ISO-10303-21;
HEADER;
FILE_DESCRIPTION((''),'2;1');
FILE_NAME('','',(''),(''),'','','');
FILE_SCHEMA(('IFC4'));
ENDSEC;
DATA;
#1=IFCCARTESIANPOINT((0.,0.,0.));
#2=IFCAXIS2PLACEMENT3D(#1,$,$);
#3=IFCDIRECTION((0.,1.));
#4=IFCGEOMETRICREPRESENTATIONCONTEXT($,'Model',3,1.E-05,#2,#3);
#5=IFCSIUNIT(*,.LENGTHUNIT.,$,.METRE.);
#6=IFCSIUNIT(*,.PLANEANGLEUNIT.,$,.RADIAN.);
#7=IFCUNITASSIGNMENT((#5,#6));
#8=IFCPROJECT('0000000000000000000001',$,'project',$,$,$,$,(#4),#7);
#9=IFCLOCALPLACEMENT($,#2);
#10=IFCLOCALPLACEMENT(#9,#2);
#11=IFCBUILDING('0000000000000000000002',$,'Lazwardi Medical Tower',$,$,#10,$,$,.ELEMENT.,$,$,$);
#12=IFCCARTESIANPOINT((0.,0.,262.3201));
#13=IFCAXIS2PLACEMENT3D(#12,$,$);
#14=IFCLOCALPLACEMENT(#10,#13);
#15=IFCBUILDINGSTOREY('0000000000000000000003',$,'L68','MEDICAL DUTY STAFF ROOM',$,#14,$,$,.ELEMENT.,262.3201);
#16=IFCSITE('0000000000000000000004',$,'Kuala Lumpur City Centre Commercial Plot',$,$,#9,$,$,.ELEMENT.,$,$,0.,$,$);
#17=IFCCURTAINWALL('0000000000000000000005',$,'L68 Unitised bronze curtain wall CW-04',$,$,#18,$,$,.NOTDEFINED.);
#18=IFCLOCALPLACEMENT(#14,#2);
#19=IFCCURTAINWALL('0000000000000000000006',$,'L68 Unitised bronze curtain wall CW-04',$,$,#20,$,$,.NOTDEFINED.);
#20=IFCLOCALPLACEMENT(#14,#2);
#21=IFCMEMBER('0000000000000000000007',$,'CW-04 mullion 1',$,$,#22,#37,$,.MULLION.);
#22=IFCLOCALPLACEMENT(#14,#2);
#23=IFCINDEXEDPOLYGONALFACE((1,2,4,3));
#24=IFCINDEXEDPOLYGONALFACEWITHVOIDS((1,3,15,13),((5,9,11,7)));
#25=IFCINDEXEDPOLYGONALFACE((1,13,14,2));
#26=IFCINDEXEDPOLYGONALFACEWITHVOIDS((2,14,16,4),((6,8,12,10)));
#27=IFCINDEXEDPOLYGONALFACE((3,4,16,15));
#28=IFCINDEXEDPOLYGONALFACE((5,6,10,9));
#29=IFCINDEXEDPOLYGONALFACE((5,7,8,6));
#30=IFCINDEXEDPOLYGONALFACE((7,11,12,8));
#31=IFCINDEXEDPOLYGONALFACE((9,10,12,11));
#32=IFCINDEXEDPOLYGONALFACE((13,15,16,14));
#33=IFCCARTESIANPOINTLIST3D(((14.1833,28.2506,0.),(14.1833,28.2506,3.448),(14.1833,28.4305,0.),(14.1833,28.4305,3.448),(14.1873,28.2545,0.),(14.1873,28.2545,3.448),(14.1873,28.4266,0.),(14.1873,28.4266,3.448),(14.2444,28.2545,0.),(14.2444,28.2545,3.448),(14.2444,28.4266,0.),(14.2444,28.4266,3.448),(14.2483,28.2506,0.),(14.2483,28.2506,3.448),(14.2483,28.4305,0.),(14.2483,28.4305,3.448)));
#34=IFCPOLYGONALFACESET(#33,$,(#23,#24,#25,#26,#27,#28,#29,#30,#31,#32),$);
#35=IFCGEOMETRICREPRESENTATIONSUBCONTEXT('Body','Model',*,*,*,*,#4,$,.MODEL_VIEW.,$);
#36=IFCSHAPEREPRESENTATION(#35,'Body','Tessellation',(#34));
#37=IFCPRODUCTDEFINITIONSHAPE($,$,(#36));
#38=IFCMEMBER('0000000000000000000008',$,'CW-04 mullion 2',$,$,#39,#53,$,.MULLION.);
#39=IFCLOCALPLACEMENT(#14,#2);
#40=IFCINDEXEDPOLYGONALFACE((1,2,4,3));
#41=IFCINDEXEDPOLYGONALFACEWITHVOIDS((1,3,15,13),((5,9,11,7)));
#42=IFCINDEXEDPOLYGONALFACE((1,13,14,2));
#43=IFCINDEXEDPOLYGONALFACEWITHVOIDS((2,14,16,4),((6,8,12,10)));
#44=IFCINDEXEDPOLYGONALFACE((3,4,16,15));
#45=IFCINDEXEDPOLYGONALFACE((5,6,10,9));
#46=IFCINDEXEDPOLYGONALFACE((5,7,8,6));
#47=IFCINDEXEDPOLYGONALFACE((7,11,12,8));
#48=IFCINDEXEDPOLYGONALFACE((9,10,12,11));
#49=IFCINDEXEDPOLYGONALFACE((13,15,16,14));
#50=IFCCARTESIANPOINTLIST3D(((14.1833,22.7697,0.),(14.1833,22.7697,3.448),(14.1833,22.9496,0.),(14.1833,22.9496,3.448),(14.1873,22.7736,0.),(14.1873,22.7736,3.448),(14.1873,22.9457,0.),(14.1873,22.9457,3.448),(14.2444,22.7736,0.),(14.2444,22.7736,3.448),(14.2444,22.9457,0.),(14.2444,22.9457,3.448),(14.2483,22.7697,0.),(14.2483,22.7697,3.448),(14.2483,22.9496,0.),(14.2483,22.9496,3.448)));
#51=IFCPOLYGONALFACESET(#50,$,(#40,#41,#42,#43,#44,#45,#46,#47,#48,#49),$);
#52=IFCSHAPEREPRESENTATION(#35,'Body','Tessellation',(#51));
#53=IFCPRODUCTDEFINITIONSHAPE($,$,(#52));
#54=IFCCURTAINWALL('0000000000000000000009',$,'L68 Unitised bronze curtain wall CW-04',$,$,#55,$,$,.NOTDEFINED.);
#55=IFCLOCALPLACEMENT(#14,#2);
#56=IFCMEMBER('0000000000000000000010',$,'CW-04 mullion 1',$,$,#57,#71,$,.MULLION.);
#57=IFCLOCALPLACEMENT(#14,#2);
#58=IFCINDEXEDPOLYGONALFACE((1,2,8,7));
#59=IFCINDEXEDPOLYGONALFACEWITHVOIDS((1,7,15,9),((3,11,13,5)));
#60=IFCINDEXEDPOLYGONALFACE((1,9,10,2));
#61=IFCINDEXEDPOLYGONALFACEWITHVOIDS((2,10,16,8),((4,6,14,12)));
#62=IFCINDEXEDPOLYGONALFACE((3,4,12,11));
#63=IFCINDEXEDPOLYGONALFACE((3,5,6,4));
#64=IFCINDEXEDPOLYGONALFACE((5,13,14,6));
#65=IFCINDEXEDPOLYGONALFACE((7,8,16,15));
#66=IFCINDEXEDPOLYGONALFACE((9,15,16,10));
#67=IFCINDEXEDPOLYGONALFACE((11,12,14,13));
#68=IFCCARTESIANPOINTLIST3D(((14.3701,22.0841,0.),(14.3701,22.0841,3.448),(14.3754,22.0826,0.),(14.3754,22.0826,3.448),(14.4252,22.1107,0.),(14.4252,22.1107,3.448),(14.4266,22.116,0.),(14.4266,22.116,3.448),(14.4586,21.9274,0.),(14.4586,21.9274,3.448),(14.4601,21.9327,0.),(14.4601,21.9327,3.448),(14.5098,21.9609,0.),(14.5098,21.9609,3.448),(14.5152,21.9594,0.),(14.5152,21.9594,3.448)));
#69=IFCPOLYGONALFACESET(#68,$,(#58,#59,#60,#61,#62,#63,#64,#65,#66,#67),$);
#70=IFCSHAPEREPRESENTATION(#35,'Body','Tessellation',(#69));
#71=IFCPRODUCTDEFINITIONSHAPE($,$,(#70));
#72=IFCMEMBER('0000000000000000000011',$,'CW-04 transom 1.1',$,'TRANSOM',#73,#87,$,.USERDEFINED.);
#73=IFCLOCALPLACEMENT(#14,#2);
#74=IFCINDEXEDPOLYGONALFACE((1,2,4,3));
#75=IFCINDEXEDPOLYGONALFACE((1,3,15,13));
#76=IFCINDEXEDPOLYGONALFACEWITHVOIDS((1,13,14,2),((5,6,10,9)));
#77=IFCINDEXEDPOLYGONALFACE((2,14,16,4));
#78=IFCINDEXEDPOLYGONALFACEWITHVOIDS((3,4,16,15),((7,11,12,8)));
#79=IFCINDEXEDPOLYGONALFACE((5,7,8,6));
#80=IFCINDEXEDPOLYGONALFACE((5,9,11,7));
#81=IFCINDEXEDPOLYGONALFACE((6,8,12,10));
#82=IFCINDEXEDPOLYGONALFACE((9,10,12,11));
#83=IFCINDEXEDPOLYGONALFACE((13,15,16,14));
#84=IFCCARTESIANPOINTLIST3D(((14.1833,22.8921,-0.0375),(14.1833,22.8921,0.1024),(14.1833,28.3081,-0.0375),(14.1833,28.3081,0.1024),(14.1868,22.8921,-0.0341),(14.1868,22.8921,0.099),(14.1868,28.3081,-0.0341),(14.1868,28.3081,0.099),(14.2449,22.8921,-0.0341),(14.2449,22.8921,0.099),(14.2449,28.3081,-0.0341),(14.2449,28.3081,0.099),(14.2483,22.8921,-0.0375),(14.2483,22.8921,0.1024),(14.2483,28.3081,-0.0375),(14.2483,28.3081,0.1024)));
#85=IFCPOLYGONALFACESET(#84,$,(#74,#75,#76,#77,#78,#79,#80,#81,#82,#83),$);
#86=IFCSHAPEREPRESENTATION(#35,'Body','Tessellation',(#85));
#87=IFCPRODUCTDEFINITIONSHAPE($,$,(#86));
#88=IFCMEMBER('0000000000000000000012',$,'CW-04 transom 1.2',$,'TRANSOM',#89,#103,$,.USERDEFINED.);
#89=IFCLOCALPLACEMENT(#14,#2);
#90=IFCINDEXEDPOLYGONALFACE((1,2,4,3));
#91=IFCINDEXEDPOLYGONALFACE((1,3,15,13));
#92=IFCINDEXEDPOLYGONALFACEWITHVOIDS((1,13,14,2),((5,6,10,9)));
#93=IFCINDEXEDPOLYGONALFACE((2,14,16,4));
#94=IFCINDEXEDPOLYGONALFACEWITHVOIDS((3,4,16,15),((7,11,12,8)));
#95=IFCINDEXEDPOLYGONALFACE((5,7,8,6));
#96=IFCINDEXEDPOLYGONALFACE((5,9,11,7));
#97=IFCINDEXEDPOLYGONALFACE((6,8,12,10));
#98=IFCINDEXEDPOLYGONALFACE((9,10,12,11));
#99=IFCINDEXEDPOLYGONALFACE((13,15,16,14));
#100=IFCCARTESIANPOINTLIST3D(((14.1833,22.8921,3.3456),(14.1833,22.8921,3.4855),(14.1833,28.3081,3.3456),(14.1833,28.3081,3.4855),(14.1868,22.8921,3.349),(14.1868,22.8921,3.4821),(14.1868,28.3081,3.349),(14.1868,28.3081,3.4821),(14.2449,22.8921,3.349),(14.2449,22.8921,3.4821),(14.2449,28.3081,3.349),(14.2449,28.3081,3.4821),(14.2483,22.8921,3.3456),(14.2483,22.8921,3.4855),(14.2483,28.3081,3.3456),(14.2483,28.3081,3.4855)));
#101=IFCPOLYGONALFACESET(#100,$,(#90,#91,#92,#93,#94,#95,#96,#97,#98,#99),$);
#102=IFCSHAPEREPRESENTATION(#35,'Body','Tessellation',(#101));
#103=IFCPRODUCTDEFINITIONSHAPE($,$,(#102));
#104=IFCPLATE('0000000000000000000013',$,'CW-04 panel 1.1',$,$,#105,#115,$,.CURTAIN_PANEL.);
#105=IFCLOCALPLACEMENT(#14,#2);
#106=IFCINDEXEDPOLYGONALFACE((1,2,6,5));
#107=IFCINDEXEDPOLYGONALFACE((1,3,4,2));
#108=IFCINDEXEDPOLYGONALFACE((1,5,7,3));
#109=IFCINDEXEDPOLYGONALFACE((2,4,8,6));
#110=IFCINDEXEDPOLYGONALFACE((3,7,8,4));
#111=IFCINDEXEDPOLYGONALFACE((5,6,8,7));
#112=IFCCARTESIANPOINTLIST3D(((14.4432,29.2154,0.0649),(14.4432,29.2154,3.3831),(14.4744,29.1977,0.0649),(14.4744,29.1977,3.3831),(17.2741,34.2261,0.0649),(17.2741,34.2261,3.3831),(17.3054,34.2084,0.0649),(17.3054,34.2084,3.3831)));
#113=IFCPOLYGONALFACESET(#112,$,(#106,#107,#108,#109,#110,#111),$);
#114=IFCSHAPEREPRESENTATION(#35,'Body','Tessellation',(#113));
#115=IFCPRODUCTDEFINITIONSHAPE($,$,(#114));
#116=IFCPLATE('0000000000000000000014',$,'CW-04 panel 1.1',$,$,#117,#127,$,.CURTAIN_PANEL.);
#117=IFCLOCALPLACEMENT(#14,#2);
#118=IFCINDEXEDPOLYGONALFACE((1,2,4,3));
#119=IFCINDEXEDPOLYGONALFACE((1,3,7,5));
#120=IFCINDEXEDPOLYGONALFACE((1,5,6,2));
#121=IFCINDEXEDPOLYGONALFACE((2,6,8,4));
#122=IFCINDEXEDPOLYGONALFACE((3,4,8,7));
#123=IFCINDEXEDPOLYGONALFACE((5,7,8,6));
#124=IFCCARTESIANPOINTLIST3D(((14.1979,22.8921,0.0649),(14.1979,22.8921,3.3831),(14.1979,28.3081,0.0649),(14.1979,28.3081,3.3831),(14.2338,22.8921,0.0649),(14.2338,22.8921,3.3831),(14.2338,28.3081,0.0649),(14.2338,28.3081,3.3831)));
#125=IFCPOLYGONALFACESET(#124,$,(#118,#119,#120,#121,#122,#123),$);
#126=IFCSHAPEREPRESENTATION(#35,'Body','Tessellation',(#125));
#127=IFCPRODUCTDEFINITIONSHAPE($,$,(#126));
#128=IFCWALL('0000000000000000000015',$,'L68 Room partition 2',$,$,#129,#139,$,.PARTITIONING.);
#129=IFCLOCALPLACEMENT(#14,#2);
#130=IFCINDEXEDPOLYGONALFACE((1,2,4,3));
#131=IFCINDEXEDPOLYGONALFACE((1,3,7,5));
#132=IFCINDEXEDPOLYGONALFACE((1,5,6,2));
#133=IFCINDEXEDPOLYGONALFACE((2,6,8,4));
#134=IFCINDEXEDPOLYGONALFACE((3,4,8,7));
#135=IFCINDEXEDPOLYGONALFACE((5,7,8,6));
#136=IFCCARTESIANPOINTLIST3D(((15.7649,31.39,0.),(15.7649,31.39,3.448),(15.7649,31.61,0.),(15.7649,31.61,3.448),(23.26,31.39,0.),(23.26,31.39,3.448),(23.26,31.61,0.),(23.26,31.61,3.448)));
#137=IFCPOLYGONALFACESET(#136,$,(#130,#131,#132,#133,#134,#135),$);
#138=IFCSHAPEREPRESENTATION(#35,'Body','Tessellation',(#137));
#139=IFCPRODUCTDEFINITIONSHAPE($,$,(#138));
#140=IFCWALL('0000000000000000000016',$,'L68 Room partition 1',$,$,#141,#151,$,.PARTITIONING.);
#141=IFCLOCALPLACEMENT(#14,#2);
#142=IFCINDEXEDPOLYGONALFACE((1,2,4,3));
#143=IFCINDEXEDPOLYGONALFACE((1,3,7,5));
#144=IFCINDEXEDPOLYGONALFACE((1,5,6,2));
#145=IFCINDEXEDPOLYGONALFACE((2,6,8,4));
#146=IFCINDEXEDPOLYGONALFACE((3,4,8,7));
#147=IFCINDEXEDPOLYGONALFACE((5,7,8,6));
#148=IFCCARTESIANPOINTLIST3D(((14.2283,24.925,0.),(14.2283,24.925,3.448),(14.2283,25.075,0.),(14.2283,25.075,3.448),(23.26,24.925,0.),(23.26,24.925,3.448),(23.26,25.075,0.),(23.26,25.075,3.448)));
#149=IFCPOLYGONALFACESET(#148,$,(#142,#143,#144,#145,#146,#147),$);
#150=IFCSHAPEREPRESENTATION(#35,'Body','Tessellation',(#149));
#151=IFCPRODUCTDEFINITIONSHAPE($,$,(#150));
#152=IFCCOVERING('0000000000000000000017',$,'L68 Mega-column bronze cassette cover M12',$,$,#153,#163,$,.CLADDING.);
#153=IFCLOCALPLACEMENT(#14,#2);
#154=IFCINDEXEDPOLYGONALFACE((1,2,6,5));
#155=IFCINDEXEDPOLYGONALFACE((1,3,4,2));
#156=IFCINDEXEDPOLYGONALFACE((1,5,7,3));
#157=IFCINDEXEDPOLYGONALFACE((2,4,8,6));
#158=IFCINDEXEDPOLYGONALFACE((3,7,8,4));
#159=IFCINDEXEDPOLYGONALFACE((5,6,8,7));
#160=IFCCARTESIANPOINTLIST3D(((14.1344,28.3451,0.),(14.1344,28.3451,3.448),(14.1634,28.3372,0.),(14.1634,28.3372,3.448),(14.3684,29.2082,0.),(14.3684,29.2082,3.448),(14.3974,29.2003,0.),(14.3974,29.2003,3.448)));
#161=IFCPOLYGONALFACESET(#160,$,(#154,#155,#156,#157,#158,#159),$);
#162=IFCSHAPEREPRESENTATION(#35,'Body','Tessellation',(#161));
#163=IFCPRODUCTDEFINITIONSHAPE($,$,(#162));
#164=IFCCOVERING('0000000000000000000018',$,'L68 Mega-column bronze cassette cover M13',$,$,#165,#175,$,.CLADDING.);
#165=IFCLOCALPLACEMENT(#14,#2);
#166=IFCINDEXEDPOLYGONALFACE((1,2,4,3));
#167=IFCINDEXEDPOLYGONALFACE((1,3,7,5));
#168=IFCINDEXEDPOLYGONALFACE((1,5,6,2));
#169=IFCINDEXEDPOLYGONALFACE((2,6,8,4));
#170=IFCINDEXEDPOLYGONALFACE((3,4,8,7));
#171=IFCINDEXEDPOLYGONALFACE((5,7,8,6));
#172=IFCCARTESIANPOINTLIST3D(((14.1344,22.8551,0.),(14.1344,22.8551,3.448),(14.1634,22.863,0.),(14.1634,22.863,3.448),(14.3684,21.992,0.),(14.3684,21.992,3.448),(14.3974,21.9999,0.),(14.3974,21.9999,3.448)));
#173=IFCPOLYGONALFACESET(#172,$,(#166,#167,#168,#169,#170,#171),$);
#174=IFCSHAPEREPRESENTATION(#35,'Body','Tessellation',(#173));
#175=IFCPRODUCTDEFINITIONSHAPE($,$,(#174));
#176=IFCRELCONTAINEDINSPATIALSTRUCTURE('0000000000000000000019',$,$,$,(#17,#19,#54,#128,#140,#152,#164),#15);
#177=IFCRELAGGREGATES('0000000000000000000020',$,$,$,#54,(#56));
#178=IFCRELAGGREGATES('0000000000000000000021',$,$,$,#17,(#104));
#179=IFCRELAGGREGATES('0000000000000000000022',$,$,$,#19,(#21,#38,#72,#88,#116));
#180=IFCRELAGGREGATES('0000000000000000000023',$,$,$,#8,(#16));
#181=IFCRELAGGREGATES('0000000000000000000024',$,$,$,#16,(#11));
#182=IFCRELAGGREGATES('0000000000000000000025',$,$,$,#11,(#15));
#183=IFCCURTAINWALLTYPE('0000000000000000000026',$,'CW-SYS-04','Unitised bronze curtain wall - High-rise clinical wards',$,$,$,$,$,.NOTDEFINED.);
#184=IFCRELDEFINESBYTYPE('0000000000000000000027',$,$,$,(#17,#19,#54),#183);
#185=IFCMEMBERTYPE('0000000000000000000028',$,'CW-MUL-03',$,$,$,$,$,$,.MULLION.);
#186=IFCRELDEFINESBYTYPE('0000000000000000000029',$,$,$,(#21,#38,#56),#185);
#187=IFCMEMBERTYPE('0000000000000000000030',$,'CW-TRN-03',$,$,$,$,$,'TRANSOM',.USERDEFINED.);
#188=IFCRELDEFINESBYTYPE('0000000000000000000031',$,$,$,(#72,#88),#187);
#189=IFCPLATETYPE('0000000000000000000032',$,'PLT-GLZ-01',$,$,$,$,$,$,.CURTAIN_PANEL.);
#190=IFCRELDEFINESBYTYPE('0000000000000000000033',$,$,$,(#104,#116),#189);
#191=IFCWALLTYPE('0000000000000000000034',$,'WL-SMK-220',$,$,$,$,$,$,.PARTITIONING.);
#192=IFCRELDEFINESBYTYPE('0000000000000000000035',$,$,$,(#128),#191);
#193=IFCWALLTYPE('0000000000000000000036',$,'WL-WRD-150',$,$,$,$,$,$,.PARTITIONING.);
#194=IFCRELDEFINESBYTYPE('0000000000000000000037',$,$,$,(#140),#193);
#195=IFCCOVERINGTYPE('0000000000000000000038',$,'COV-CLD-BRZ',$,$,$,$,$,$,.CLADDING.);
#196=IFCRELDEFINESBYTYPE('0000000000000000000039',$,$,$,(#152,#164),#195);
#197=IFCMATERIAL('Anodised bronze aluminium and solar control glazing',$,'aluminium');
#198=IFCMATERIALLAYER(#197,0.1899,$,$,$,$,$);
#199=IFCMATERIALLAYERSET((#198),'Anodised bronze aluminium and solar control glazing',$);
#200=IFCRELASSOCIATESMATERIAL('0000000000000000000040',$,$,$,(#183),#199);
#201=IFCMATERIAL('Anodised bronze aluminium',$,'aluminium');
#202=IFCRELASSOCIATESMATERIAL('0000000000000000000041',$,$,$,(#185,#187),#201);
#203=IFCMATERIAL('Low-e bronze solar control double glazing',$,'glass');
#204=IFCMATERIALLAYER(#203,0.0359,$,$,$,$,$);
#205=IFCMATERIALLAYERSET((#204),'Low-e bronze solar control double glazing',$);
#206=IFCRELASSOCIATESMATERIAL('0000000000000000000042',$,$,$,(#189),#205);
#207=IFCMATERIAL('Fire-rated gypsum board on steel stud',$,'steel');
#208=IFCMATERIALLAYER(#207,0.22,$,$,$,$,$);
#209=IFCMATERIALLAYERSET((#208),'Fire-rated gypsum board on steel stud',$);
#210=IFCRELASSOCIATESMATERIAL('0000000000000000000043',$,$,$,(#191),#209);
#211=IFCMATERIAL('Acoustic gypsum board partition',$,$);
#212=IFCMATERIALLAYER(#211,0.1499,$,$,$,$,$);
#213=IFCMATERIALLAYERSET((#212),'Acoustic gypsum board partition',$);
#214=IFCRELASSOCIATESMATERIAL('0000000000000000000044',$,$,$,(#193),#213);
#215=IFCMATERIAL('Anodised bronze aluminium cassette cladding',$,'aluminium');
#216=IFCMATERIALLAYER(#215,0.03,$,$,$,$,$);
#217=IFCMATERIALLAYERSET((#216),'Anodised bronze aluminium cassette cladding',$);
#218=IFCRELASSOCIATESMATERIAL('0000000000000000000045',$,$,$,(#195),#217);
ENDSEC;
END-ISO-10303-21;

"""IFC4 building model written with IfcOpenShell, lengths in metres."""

from ifc_helpers import new_model, si_unit, direction, frame, frame_2d, origin, origin_2d, place, context, subcontext, project, spatial, rectangle, hollow_rectangle, extrude, material, layer, layer_set, material_profile, profile_set, type_object, element, aggregate, save


model = new_model("IFC4")

# Units and contexts
model_context = context("Model", 3, precision=1e-05, world=origin(), true_north=direction((0.0, 1.0)))
body_context = subcontext(model_context, "Body", "Model", "MODEL_VIEW")
ifc_project = project(units=[si_unit("LENGTHUNIT", "METRE"), si_unit("PLANEANGLEUNIT", "RADIAN")], contexts=[model_context])

# Site, building, storey
site_placement = place(None, origin())
site = spatial("IfcSite", under=ifc_project, at=site_placement, Name="Kuala Lumpur City Centre Commercial Plot", CompositionType="ELEMENT", RefElevation=0.0)
building_placement = place(site_placement, origin())
building = spatial("IfcBuilding", under=site, at=building_placement, Name="Lazwardi Medical Tower", CompositionType="ELEMENT")
storey_placement = place(building_placement, frame((0.0, 0.0, 262.3201)))
storey = spatial("IfcBuildingStorey", under=building, at=storey_placement, Name="L68", Description="MEDICAL DUTY STAFF ROOM", CompositionType="ELEMENT", Elevation=262.3201)

# Curtain wall
ifc_material_1 = material(Name="Anodised bronze aluminium and solar control glazing", Category="aluminium")
ifc_layer_1 = layer(ifc_material_1, 0.1899)
ifc_layer_set_1 = layer_set([ifc_layer_1], Name="Anodised bronze aluminium and solar control glazing")
curtain_wall_type = type_object("IfcCurtainWallType", Name="CW-SYS-04", Description="Unitised bronze curtain wall - High-rise clinical wards", PredefinedType="NOTDEFINED", material=ifc_layer_set_1)
curtain_wall_1_placement = place(storey_placement, origin())
curtain_wall_1 = element("IfcCurtainWall", 1, at=curtain_wall_1_placement, inside=storey, type_object=curtain_wall_type, Name="L68 Unitised bronze curtain wall CW-04", PredefinedType="NOTDEFINED")
ifc_material_2 = material(Name="Anodised bronze aluminium", Category="aluminium")
ifc_material_profile_1 = material_profile(ifc_material_2, hollow_rectangle(XDim=0.0649, YDim=0.1799, WallThickness=0.0039, at=origin_2d()), Name="ALU-MULLION 180x65x4")
ifc_profile_set_1 = profile_set([ifc_material_profile_1], Name="Anodised bronze aluminium")
member_type_1 = type_object("IfcMemberType", Name="CW-MUL-03", PredefinedType="MULLION", material=ifc_profile_set_1)

# Curtain wall, members
curtain_wall_2_placement = place(storey_placement, origin())
curtain_wall_2 = element("IfcCurtainWall", 2, at=curtain_wall_2_placement, inside=storey, type_object=curtain_wall_type, Name="L68 Unitised bronze curtain wall CW-04", PredefinedType="NOTDEFINED")
member_1_placement = place(storey_placement, frame((14.2158, 28.3406, 0.0), z_axis=(0.0, 0.0, 1.0), x_axis=(1.0, 0.0, 0.0)))
member_1 = element("IfcMember", 3, at=member_1_placement, type_object=member_type_1, Name="CW-04 mullion 1", PredefinedType="MULLION", context=body_context, shape_type="SweptSolid", body=[
    extrude(hollow_rectangle(XDim=0.0649, YDim=0.1799, WallThickness=0.0039, at=origin_2d()), origin(), (0.0, 0.0, 1.0), 3.448),
])
member_2_placement = place(storey_placement, frame((14.2158, 22.8596, 0.0), z_axis=(0.0, 0.0, 1.0), x_axis=(1.0, 0.0, 0.0)))
member_2 = element("IfcMember", 4, at=member_2_placement, type_object=member_type_1, Name="CW-04 mullion 2", PredefinedType="MULLION", context=body_context, shape_type="SweptSolid", body=[
    extrude(hollow_rectangle(XDim=0.0649, YDim=0.1799, WallThickness=0.0039, at=origin_2d()), origin(), (0.0, 0.0, 1.0), 3.448),
])

# Curtain wall, member
curtain_wall_3_placement = place(storey_placement, origin())
curtain_wall_3 = element("IfcCurtainWall", 5, at=curtain_wall_3_placement, inside=storey, type_object=curtain_wall_type, Name="L68 Unitised bronze curtain wall CW-04", PredefinedType="NOTDEFINED")
member_3_placement = place(storey_placement, frame((14.4426, 22.0217, 0.0), z_axis=(0.0, 0.0, 1.0), x_axis=(0.870651, 0.4919, 0.0)))
member_3 = element("IfcMember", 6, at=member_3_placement, type_object=member_type_1, Name="CW-04 mullion 1", PredefinedType="MULLION", context=body_context, shape_type="SweptSolid", body=[
    extrude(hollow_rectangle(XDim=0.0649, YDim=0.1799, WallThickness=0.0039, at=origin_2d()), origin(), (0.0, 0.0, 1.0), 3.448),
])
aggregate(curtain_wall_3, [member_3])

# Members
ifc_material_profile_2 = material_profile(ifc_material_2, hollow_rectangle(XDim=0.0649, YDim=0.1399, WallThickness=0.0034, at=origin_2d()), Name="ALU-TRANSOM 140x65x3.5")
ifc_profile_set_2 = profile_set([ifc_material_profile_2], Name="Anodised bronze aluminium")
member_type_2 = type_object("IfcMemberType", Name="CW-TRN-03", ElementType="TRANSOM", PredefinedType="USERDEFINED", material=ifc_profile_set_2)
member_4_placement = place(storey_placement, frame((14.2158, 28.3081, 0.0325), z_axis=(0.0, -1.0, 0.0), x_axis=(1.0, 0.0, 0.0)))
member_4 = element("IfcMember", 7, at=member_4_placement, type_object=member_type_2, Name="CW-04 transom 1.1", ObjectType="TRANSOM", PredefinedType="USERDEFINED", context=body_context, shape_type="SweptSolid", body=[
    extrude(hollow_rectangle(XDim=0.0649, YDim=0.1399, WallThickness=0.0034, at=origin_2d()), origin(), (0.0, 0.0, 1.0), 5.416),
])
member_5_placement = place(storey_placement, frame((14.2158, 28.3081, 3.4155), z_axis=(0.0, -1.0, 0.0), x_axis=(1.0, 0.0, 0.0)))
member_5 = element("IfcMember", 8, at=member_5_placement, type_object=member_type_2, Name="CW-04 transom 1.2", ObjectType="TRANSOM", PredefinedType="USERDEFINED", context=body_context, shape_type="SweptSolid", body=[
    extrude(hollow_rectangle(XDim=0.0649, YDim=0.1399, WallThickness=0.0034, at=origin_2d()), origin(), (0.0, 0.0, 1.0), 5.416),
])

# Plates
ifc_material_3 = material(Name="Low-e bronze solar control double glazing", Category="glass")
ifc_layer_2 = layer(ifc_material_3, 0.0359)
ifc_layer_set_2 = layer_set([ifc_layer_2], Name="Low-e bronze solar control double glazing")
plate_type = type_object("IfcPlateType", Name="PLT-GLZ-01", PredefinedType="CURTAIN_PANEL", material=ifc_layer_set_2)
plate_1_placement = place(storey_placement, frame((15.8743, 31.7119, 0.0649), z_axis=(0.0, 0.0, 1.0), x_axis=(-0.4919, -0.870651, 0.0)))
plate_1 = element("IfcPlate", 9, at=plate_1_placement, type_object=plate_type, Name="CW-04 panel 1.1", PredefinedType="CURTAIN_PANEL", context=body_context, shape_type="SweptSolid", body=[
    extrude(rectangle(XDim=5.7551, YDim=0.0359, at=origin_2d()), origin(), (0.0, 0.0, 1.0), 3.3181),
])
aggregate(curtain_wall_1, [plate_1])
plate_2_placement = place(storey_placement, frame((14.2158, 25.6001, 0.0649), z_axis=(0.0, 0.0, 1.0), x_axis=(0.0, -1.0, 0.0)))
plate_2 = element("IfcPlate", 10, at=plate_2_placement, type_object=plate_type, Name="CW-04 panel 1.1", PredefinedType="CURTAIN_PANEL", context=body_context, shape_type="SweptSolid", body=[
    extrude(rectangle(XDim=5.416, YDim=0.0359, at=origin_2d()), origin(), (0.0, 0.0, 1.0), 3.3181),
])
aggregate(curtain_wall_2, [member_1, member_2, member_4, member_5, plate_2])

# Walls
ifc_material_4 = material(Name="Fire-rated gypsum board on steel stud", Category="steel")
ifc_layer_3 = layer(ifc_material_4, 0.22)
ifc_layer_set_3 = layer_set([ifc_layer_3], Name="Fire-rated gypsum board on steel stud")
wall_type_1 = type_object("IfcWallType", Name="WL-SMK-220", PredefinedType="PARTITIONING", material=ifc_layer_set_3)
wall_1_placement = place(storey_placement, frame((15.7649, 31.5, 0.0), z_axis=(0.0, 0.0, 1.0), x_axis=(1.0, 0.0, 0.0)))
element("IfcWall", 11, at=wall_1_placement, inside=storey, type_object=wall_type_1, Name="L68 Room partition 2", PredefinedType="PARTITIONING", context=body_context, shape_type="SweptSolid", body=[
    extrude(rectangle(XDim=7.4951, YDim=0.22, at=frame_2d((3.7476, 0.0))), origin(), (0.0, 0.0, 1.0), 3.448),
])
ifc_material_5 = material(Name="Acoustic gypsum board partition")
ifc_layer_4 = layer(ifc_material_5, 0.1499)
ifc_layer_set_4 = layer_set([ifc_layer_4], Name="Acoustic gypsum board partition")
wall_type_2 = type_object("IfcWallType", Name="WL-WRD-150", PredefinedType="PARTITIONING", material=ifc_layer_set_4)
wall_2_placement = place(storey_placement, frame((14.2283, 25.0, 0.0), z_axis=(0.0, 0.0, 1.0), x_axis=(1.0, 0.0, 0.0)))
element("IfcWall", 12, at=wall_2_placement, inside=storey, type_object=wall_type_2, Name="L68 Room partition 1", PredefinedType="PARTITIONING", context=body_context, shape_type="SweptSolid", body=[
    extrude(rectangle(XDim=9.0317, YDim=0.1499, at=frame_2d((4.5159, 0.0))), origin(), (0.0, 0.0, 1.0), 3.448),
])

# Coverings
ifc_material_6 = material(Name="Anodised bronze aluminium cassette cladding", Category="aluminium")
ifc_layer_5 = layer(ifc_material_6, 0.03)
ifc_layer_set_5 = layer_set([ifc_layer_5], Name="Anodised bronze aluminium cassette cladding")
covering_type = type_object("IfcCoveringType", Name="COV-CLD-BRZ", PredefinedType="CLADDING", material=ifc_layer_set_5)
for number, where, z_axis, x_axis, name in (
    (13, (14.2659, 28.7727, 0.0), (0.0, 0.0, 1.0), (-0.261642, -0.965165, 0.0), "L68 Mega-column bronze cassette cover M12"),
    (14, (14.2659, 22.4275, 0.0), (0.0, 0.0, 1.0), (0.261642, -0.965165, 0.0), "L68 Mega-column bronze cassette cover M13"),
):
    element("IfcCovering", number, at=place(storey_placement, frame(where, z_axis=z_axis, x_axis=x_axis)), inside=storey, type_object=covering_type, Name=name, PredefinedType="CLADDING", context=body_context, shape_type="SweptSolid", body=[
        extrude(rectangle(XDim=0.8943, YDim=0.03, at=origin_2d()), origin(), (0.0, 0.0, 1.0), 3.448),
    ])

save(model, "model.ifc")
